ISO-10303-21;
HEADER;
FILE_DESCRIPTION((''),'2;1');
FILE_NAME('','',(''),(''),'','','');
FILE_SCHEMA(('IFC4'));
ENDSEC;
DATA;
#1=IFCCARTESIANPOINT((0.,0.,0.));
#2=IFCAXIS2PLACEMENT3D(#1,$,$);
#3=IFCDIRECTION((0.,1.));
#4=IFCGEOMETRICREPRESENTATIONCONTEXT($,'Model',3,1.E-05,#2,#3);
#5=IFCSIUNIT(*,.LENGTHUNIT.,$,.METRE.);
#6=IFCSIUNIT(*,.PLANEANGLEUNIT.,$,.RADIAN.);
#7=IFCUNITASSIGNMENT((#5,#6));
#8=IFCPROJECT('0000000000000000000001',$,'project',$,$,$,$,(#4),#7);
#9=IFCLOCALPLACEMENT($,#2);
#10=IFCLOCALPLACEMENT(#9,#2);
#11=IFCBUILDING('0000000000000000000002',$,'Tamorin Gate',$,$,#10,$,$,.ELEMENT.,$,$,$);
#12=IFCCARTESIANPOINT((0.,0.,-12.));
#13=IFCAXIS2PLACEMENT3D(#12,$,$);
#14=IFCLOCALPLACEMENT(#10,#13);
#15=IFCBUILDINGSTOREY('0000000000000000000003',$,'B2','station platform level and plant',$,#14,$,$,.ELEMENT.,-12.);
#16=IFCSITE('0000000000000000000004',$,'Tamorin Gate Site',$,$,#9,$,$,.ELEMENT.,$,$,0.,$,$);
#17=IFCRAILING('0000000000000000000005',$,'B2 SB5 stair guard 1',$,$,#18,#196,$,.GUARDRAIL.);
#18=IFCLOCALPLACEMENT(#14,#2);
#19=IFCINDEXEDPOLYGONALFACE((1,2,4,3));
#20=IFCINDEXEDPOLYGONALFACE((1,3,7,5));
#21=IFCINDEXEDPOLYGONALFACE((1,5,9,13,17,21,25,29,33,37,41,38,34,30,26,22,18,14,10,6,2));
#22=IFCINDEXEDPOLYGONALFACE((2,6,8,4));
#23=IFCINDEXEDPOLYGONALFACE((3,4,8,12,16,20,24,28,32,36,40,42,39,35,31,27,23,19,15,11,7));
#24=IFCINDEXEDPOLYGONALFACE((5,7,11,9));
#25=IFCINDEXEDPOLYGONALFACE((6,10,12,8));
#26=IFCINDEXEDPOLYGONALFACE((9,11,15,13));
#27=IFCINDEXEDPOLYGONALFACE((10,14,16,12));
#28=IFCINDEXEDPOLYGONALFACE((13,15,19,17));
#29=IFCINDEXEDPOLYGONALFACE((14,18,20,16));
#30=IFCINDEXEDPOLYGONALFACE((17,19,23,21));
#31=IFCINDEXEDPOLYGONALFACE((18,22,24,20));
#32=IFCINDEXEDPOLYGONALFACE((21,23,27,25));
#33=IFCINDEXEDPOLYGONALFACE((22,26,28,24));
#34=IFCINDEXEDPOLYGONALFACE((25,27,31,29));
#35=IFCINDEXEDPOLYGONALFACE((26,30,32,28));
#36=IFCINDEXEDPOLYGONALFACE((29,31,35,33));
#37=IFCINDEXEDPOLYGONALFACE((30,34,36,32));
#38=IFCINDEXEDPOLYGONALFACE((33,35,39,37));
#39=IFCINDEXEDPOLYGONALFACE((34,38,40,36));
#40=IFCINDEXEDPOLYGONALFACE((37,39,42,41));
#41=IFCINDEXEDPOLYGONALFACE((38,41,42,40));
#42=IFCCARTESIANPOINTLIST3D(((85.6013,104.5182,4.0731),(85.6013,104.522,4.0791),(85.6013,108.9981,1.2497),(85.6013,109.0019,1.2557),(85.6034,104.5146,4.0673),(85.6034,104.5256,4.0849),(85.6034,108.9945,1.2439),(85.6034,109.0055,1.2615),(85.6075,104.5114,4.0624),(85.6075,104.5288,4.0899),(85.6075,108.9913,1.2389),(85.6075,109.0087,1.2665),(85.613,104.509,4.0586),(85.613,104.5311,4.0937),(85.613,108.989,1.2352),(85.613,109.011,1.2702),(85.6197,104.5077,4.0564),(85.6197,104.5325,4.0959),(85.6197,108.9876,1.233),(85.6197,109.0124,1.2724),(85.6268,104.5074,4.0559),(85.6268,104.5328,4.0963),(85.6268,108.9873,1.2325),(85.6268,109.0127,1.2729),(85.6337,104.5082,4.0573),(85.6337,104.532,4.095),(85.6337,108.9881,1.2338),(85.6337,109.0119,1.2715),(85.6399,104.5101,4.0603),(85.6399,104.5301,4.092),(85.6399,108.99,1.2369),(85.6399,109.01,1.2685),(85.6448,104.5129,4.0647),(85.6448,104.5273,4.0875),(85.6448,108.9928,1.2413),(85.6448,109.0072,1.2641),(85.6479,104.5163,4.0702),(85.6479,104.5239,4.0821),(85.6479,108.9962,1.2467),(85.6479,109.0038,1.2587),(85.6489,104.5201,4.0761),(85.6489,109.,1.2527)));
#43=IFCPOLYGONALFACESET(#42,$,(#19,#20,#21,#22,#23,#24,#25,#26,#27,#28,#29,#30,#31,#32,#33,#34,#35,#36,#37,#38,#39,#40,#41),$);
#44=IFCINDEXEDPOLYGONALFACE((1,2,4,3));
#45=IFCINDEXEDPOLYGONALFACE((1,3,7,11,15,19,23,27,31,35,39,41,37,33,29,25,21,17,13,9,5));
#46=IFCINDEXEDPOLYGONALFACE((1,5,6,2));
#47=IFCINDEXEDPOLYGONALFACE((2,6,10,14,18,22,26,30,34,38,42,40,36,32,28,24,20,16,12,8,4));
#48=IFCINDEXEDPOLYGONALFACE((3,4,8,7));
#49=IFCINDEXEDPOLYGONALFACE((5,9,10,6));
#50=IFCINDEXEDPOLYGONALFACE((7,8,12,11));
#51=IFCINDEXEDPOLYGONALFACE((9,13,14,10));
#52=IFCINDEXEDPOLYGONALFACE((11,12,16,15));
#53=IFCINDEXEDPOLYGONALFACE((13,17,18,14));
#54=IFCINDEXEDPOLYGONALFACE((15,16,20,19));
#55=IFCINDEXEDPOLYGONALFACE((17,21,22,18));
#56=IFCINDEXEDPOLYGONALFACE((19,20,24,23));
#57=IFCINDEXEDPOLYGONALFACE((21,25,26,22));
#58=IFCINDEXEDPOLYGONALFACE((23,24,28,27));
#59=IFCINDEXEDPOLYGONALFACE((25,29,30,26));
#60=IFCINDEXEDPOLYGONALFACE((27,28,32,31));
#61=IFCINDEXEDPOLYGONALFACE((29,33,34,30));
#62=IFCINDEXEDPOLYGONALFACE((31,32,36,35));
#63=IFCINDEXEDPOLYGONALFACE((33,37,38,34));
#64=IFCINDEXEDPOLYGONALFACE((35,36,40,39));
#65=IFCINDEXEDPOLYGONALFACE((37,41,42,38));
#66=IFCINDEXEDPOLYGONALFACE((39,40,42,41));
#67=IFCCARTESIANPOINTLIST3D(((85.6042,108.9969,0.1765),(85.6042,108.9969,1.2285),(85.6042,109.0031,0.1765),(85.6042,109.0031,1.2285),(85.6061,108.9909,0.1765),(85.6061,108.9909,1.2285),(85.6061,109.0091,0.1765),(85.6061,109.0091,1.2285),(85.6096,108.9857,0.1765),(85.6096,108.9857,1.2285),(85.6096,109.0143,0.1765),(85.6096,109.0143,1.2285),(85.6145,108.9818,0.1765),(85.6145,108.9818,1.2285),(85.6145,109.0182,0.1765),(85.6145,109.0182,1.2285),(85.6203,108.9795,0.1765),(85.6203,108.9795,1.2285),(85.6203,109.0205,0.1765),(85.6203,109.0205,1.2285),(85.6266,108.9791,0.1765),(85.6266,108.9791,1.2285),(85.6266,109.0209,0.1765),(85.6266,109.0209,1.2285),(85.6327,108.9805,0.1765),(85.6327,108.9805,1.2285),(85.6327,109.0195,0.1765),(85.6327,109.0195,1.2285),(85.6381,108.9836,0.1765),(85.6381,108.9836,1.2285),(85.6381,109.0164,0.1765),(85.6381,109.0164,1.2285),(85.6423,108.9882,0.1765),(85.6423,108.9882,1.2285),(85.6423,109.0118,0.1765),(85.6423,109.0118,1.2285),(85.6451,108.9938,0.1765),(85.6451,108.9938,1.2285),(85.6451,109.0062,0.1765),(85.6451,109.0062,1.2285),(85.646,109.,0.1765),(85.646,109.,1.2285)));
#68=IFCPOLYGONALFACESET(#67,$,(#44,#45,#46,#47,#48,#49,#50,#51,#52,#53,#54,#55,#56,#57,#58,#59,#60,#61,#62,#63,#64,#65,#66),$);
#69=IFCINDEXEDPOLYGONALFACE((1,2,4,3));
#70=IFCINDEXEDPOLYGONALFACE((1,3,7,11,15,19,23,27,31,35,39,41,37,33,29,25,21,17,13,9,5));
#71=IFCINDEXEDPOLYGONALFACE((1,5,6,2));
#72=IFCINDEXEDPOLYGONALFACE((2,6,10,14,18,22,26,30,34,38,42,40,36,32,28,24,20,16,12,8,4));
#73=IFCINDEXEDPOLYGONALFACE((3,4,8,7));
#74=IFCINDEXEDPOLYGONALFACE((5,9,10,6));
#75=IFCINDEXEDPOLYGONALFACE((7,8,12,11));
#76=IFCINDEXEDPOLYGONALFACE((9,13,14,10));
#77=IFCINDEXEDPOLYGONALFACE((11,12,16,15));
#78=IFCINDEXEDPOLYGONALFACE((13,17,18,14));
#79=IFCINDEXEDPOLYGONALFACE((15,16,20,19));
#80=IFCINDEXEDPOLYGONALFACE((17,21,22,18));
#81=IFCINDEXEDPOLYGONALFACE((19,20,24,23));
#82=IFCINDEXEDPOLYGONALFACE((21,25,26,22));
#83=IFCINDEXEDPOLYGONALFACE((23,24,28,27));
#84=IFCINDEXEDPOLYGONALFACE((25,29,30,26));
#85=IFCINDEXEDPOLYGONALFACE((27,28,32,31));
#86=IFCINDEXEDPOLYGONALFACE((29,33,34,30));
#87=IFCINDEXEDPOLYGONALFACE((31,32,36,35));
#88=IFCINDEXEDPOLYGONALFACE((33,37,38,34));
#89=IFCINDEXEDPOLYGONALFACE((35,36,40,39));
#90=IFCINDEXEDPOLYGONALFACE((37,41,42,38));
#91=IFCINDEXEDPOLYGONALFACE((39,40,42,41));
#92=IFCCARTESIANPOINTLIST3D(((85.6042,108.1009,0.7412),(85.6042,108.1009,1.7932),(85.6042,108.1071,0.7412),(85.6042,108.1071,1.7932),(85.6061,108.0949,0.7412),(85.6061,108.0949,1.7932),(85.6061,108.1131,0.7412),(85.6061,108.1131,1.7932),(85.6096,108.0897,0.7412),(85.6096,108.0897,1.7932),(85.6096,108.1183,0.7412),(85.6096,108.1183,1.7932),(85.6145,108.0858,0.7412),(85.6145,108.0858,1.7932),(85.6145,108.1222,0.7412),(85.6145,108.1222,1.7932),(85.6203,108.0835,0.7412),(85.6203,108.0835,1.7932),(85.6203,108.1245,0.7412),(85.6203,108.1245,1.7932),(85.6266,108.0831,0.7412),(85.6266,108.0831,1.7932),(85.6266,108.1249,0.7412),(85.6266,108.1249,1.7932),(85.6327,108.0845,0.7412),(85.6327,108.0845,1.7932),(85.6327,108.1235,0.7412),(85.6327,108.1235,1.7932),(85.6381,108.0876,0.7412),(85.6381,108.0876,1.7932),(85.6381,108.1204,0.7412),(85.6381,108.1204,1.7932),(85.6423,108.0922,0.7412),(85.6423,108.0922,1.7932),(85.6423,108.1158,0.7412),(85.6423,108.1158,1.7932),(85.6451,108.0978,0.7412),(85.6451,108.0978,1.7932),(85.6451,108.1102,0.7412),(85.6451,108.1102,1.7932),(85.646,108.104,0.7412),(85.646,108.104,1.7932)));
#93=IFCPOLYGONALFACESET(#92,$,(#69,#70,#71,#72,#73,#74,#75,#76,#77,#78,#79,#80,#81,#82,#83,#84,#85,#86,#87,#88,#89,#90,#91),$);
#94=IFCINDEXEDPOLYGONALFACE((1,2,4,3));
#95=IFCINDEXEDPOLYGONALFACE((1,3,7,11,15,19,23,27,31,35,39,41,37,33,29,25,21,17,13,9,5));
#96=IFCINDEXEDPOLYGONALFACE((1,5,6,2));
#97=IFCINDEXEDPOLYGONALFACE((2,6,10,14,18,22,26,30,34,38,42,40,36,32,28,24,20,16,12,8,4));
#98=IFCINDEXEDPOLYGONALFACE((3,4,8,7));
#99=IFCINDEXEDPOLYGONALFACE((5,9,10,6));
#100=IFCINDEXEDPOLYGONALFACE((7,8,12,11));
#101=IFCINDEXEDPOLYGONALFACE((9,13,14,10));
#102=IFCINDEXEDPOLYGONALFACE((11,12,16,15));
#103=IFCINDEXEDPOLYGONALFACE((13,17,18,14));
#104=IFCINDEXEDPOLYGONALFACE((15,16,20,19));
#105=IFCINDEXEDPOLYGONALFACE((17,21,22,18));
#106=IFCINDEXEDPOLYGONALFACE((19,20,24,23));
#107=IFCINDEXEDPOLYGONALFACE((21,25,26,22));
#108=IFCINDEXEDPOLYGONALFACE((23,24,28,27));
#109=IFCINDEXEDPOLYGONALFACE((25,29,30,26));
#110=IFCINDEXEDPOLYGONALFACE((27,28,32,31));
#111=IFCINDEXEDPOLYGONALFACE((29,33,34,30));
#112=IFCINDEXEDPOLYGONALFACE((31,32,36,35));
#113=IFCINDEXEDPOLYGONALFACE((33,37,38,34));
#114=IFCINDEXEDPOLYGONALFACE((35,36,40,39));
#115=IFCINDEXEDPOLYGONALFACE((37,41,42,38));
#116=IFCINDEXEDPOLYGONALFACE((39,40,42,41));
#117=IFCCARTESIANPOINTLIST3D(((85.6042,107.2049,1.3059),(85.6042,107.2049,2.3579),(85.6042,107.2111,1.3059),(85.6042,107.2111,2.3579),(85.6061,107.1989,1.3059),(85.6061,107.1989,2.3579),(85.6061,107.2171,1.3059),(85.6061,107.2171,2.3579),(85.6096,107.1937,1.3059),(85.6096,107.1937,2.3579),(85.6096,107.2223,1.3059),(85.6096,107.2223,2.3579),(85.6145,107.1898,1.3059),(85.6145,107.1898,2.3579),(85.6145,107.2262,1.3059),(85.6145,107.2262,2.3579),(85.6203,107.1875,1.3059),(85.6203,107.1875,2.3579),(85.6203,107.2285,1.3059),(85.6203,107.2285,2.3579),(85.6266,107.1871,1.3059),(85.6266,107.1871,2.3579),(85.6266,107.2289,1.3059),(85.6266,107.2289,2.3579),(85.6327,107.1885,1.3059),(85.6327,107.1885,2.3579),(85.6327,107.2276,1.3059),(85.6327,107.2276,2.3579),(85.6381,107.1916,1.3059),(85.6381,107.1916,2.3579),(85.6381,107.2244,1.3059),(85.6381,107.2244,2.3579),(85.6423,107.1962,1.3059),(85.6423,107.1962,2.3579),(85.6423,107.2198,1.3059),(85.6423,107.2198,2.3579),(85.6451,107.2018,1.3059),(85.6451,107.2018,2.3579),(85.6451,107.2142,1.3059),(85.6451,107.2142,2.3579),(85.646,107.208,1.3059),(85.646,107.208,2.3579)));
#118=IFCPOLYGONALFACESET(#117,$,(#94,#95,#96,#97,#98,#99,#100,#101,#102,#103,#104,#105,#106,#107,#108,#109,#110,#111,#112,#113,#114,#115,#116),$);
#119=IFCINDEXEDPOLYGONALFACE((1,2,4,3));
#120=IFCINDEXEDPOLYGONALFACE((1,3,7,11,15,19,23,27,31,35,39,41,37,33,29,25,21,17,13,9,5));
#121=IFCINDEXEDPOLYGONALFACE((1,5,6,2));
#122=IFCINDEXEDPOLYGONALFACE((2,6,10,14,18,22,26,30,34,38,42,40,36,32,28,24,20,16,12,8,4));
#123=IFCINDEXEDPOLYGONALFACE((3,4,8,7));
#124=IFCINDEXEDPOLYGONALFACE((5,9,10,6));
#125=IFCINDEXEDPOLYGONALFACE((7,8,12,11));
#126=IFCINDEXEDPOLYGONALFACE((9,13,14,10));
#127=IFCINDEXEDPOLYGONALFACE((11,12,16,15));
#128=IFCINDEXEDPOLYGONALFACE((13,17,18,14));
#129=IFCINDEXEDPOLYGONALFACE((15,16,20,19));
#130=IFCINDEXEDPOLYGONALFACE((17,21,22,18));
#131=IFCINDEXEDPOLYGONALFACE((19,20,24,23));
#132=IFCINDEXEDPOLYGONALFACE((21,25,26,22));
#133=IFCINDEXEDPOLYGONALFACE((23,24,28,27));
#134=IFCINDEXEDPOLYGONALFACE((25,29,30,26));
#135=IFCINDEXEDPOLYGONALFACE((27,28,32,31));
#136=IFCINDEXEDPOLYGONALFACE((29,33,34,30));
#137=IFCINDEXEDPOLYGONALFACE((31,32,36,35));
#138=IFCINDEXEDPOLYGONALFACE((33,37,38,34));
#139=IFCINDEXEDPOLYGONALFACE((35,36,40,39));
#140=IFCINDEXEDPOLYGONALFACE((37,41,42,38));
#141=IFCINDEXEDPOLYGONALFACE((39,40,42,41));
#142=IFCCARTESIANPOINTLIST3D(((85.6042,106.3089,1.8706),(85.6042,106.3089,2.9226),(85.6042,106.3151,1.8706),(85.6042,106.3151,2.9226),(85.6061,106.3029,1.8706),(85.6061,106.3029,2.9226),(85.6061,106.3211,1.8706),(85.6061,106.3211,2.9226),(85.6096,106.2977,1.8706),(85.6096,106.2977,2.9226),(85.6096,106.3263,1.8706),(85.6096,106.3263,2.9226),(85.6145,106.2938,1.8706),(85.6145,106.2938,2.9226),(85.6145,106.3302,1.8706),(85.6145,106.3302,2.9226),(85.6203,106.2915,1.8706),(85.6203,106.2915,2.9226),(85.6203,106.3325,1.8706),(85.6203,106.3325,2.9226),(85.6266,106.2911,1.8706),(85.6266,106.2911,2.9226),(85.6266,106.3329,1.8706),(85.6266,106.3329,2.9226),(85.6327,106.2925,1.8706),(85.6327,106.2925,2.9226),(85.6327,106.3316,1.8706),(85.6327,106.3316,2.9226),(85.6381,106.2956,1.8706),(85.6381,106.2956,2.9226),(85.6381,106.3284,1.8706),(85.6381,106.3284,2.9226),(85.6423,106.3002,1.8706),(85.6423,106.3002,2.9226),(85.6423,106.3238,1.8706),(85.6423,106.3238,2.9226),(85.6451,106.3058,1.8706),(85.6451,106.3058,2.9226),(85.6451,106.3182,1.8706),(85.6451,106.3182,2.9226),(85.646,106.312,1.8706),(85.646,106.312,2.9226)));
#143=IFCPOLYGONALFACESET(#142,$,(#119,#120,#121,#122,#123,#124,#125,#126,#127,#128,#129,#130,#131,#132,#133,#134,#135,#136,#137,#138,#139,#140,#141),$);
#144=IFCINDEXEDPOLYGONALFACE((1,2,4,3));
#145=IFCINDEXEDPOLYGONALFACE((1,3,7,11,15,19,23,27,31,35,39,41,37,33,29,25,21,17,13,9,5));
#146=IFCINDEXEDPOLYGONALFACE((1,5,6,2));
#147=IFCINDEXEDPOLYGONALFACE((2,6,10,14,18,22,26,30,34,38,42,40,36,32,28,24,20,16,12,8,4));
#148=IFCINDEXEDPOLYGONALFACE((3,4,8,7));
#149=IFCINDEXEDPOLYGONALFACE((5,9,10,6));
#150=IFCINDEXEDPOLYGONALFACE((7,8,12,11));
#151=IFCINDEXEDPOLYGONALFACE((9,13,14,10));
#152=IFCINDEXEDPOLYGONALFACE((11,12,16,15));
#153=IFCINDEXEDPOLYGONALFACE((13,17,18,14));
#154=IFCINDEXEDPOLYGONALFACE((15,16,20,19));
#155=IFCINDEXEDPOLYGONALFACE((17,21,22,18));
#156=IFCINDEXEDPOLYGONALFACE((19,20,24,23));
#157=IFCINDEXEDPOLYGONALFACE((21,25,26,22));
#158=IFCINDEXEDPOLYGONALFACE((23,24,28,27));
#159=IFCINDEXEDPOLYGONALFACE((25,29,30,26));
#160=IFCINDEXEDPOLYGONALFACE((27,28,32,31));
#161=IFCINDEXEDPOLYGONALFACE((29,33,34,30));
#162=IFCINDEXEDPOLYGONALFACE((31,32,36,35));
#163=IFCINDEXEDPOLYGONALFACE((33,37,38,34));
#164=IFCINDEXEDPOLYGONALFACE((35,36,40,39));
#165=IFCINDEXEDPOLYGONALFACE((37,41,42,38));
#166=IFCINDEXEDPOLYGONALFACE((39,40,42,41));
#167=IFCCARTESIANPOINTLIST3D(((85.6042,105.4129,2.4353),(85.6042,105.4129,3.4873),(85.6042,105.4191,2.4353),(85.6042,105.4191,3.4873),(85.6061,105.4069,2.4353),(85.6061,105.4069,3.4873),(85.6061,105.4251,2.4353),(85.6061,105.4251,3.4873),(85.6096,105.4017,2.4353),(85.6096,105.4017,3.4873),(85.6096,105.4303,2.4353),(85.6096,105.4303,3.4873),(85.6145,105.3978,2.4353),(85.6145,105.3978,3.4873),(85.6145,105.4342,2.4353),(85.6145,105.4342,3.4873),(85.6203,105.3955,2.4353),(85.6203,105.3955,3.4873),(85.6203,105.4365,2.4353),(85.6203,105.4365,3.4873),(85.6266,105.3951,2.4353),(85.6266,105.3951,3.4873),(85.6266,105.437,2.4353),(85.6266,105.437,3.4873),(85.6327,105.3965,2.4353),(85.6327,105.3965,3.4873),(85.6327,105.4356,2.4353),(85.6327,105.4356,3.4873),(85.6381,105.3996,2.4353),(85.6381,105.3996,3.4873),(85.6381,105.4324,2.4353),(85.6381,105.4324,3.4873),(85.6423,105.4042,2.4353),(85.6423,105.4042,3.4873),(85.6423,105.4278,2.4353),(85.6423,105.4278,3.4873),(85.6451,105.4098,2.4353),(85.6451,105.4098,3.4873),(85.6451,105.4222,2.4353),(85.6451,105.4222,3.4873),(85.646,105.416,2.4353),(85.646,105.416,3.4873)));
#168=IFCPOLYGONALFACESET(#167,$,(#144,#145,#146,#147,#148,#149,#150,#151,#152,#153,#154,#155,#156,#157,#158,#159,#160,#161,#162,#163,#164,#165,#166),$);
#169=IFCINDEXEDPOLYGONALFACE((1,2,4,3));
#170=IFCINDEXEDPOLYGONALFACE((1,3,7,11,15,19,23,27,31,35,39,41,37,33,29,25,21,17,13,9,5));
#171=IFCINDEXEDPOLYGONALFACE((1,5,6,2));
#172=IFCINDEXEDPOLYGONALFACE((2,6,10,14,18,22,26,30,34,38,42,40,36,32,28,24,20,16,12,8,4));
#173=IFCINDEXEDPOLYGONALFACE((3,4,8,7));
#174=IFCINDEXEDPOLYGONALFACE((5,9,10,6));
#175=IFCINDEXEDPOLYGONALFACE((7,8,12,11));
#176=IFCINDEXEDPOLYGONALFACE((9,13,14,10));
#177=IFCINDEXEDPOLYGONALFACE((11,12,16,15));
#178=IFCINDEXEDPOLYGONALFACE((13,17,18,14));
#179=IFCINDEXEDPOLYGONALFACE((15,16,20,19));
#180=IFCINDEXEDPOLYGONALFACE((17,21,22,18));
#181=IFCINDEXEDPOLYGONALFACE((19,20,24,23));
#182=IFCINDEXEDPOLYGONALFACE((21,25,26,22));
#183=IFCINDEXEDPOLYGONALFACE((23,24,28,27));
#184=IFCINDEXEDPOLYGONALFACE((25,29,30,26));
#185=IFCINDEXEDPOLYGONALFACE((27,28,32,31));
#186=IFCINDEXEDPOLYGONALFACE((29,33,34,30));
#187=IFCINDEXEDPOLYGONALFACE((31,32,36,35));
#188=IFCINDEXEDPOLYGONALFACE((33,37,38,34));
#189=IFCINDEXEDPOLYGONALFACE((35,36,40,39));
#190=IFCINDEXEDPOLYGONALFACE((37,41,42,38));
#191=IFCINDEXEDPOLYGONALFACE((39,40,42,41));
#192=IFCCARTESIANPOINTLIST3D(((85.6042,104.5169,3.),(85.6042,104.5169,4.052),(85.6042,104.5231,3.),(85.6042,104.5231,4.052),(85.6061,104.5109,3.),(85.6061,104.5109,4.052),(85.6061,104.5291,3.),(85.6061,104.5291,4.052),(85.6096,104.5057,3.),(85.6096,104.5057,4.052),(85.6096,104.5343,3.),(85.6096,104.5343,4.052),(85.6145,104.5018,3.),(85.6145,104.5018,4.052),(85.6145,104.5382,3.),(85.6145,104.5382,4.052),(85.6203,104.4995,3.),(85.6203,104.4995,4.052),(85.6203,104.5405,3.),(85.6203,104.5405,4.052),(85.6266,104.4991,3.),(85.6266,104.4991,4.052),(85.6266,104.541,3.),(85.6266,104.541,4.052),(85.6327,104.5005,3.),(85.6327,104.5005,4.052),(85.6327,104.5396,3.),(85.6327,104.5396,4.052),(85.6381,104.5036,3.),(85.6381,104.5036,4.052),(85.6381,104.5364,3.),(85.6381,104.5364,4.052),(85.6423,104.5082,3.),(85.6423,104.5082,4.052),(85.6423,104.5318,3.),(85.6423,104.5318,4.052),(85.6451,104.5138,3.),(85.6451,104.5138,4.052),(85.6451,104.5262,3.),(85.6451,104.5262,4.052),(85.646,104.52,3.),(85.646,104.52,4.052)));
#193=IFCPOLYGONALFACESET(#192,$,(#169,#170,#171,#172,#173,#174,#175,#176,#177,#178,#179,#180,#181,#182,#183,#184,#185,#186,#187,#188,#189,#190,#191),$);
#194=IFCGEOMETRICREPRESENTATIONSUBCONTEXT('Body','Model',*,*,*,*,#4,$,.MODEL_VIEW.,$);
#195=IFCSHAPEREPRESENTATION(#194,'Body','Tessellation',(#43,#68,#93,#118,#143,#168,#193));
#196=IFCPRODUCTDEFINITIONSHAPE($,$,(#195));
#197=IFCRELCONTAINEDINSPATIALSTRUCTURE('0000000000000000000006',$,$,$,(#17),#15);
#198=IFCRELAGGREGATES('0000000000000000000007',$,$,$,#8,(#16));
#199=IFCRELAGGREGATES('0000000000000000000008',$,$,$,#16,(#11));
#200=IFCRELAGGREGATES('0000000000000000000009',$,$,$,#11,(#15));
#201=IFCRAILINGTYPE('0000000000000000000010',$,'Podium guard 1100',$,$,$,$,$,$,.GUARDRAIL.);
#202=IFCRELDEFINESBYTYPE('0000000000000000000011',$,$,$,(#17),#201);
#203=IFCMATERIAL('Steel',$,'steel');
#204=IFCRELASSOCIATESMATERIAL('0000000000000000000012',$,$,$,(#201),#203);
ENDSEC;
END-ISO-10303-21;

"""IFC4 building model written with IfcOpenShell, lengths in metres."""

from ifc_helpers import new_model, si_unit, direction, frame, origin, origin_2d, place, context, subcontext, project, spatial, circle, extrude, material, type_object, element, save


model = new_model("IFC4")

# Units and contexts
model_context = context("Model", 3, precision=1e-05, world=origin(), true_north=direction((0.0, 1.0)))
body_context = subcontext(model_context, "Body", "Model", "MODEL_VIEW")
ifc_project = project(units=[si_unit("LENGTHUNIT", "METRE"), si_unit("PLANEANGLEUNIT", "RADIAN")], contexts=[model_context])

# Site, building, storey
site_placement = place(None, origin())
site = spatial("IfcSite", under=ifc_project, at=site_placement, Name="Tamorin Gate Site", CompositionType="ELEMENT", RefElevation=0.0)
building_placement = place(site_placement, origin())
building = spatial("IfcBuilding", under=site, at=building_placement, Name="Tamorin Gate", CompositionType="ELEMENT")
storey_placement = place(building_placement, frame((0.0, 0.0, -12.0)))
storey = spatial("IfcBuildingStorey", under=building, at=storey_placement, Name="B2", Description="station platform level and plant", CompositionType="ELEMENT", Elevation=-12.0)

# Railing
ifc_material_1 = material(Name="Steel", Category="steel")
railing_type_1 = type_object("IfcRailingType", Name="Podium guard 1100", PredefinedType="GUARDRAIL", material=ifc_material_1)
railing_1_placement = place(storey_placement, frame((85.625, 109.0, 0.1765)))
element("IfcRailing", 1, at=railing_1_placement, inside=storey, type_object=railing_type_1, Name="B2 SB5 stair guard 1", PredefinedType="GUARDRAIL", context=body_context, shape_type="SweptSolid", body=[
    extrude(circle(Radius=0.0239, at=origin_2d()), frame((0.0, 0.0, 1.0762), z_axis=(0.0, -0.845998, 0.533186), x_axis=(1.0, 0.0, 0.0)), (0.0, 0.0, 1.0), 5.2954),
    extrude(circle(Radius=0.021, at=origin_2d()), origin(), (0.0, 0.0, 1.0), 1.052),
    extrude(circle(Radius=0.021, at=origin_2d()), frame((0.0, -0.896, 0.5647)), (0.0, 0.0, 1.0), 1.052),
    extrude(circle(Radius=0.021, at=origin_2d()), frame((0.0, -1.792, 1.1294)), (0.0, 0.0, 1.0), 1.052),
    extrude(circle(Radius=0.021, at=origin_2d()), frame((0.0, -2.688, 1.6941)), (0.0, 0.0, 1.0), 1.052),
    extrude(circle(Radius=0.021, at=origin_2d()), frame((0.0, -3.584, 2.2588)), (0.0, 0.0, 1.0), 1.052),
    extrude(circle(Radius=0.021, at=origin_2d()), frame((0.0, -4.48, 2.8235)), (0.0, 0.0, 1.0), 1.052),
])

save(model, "model.ifc")
